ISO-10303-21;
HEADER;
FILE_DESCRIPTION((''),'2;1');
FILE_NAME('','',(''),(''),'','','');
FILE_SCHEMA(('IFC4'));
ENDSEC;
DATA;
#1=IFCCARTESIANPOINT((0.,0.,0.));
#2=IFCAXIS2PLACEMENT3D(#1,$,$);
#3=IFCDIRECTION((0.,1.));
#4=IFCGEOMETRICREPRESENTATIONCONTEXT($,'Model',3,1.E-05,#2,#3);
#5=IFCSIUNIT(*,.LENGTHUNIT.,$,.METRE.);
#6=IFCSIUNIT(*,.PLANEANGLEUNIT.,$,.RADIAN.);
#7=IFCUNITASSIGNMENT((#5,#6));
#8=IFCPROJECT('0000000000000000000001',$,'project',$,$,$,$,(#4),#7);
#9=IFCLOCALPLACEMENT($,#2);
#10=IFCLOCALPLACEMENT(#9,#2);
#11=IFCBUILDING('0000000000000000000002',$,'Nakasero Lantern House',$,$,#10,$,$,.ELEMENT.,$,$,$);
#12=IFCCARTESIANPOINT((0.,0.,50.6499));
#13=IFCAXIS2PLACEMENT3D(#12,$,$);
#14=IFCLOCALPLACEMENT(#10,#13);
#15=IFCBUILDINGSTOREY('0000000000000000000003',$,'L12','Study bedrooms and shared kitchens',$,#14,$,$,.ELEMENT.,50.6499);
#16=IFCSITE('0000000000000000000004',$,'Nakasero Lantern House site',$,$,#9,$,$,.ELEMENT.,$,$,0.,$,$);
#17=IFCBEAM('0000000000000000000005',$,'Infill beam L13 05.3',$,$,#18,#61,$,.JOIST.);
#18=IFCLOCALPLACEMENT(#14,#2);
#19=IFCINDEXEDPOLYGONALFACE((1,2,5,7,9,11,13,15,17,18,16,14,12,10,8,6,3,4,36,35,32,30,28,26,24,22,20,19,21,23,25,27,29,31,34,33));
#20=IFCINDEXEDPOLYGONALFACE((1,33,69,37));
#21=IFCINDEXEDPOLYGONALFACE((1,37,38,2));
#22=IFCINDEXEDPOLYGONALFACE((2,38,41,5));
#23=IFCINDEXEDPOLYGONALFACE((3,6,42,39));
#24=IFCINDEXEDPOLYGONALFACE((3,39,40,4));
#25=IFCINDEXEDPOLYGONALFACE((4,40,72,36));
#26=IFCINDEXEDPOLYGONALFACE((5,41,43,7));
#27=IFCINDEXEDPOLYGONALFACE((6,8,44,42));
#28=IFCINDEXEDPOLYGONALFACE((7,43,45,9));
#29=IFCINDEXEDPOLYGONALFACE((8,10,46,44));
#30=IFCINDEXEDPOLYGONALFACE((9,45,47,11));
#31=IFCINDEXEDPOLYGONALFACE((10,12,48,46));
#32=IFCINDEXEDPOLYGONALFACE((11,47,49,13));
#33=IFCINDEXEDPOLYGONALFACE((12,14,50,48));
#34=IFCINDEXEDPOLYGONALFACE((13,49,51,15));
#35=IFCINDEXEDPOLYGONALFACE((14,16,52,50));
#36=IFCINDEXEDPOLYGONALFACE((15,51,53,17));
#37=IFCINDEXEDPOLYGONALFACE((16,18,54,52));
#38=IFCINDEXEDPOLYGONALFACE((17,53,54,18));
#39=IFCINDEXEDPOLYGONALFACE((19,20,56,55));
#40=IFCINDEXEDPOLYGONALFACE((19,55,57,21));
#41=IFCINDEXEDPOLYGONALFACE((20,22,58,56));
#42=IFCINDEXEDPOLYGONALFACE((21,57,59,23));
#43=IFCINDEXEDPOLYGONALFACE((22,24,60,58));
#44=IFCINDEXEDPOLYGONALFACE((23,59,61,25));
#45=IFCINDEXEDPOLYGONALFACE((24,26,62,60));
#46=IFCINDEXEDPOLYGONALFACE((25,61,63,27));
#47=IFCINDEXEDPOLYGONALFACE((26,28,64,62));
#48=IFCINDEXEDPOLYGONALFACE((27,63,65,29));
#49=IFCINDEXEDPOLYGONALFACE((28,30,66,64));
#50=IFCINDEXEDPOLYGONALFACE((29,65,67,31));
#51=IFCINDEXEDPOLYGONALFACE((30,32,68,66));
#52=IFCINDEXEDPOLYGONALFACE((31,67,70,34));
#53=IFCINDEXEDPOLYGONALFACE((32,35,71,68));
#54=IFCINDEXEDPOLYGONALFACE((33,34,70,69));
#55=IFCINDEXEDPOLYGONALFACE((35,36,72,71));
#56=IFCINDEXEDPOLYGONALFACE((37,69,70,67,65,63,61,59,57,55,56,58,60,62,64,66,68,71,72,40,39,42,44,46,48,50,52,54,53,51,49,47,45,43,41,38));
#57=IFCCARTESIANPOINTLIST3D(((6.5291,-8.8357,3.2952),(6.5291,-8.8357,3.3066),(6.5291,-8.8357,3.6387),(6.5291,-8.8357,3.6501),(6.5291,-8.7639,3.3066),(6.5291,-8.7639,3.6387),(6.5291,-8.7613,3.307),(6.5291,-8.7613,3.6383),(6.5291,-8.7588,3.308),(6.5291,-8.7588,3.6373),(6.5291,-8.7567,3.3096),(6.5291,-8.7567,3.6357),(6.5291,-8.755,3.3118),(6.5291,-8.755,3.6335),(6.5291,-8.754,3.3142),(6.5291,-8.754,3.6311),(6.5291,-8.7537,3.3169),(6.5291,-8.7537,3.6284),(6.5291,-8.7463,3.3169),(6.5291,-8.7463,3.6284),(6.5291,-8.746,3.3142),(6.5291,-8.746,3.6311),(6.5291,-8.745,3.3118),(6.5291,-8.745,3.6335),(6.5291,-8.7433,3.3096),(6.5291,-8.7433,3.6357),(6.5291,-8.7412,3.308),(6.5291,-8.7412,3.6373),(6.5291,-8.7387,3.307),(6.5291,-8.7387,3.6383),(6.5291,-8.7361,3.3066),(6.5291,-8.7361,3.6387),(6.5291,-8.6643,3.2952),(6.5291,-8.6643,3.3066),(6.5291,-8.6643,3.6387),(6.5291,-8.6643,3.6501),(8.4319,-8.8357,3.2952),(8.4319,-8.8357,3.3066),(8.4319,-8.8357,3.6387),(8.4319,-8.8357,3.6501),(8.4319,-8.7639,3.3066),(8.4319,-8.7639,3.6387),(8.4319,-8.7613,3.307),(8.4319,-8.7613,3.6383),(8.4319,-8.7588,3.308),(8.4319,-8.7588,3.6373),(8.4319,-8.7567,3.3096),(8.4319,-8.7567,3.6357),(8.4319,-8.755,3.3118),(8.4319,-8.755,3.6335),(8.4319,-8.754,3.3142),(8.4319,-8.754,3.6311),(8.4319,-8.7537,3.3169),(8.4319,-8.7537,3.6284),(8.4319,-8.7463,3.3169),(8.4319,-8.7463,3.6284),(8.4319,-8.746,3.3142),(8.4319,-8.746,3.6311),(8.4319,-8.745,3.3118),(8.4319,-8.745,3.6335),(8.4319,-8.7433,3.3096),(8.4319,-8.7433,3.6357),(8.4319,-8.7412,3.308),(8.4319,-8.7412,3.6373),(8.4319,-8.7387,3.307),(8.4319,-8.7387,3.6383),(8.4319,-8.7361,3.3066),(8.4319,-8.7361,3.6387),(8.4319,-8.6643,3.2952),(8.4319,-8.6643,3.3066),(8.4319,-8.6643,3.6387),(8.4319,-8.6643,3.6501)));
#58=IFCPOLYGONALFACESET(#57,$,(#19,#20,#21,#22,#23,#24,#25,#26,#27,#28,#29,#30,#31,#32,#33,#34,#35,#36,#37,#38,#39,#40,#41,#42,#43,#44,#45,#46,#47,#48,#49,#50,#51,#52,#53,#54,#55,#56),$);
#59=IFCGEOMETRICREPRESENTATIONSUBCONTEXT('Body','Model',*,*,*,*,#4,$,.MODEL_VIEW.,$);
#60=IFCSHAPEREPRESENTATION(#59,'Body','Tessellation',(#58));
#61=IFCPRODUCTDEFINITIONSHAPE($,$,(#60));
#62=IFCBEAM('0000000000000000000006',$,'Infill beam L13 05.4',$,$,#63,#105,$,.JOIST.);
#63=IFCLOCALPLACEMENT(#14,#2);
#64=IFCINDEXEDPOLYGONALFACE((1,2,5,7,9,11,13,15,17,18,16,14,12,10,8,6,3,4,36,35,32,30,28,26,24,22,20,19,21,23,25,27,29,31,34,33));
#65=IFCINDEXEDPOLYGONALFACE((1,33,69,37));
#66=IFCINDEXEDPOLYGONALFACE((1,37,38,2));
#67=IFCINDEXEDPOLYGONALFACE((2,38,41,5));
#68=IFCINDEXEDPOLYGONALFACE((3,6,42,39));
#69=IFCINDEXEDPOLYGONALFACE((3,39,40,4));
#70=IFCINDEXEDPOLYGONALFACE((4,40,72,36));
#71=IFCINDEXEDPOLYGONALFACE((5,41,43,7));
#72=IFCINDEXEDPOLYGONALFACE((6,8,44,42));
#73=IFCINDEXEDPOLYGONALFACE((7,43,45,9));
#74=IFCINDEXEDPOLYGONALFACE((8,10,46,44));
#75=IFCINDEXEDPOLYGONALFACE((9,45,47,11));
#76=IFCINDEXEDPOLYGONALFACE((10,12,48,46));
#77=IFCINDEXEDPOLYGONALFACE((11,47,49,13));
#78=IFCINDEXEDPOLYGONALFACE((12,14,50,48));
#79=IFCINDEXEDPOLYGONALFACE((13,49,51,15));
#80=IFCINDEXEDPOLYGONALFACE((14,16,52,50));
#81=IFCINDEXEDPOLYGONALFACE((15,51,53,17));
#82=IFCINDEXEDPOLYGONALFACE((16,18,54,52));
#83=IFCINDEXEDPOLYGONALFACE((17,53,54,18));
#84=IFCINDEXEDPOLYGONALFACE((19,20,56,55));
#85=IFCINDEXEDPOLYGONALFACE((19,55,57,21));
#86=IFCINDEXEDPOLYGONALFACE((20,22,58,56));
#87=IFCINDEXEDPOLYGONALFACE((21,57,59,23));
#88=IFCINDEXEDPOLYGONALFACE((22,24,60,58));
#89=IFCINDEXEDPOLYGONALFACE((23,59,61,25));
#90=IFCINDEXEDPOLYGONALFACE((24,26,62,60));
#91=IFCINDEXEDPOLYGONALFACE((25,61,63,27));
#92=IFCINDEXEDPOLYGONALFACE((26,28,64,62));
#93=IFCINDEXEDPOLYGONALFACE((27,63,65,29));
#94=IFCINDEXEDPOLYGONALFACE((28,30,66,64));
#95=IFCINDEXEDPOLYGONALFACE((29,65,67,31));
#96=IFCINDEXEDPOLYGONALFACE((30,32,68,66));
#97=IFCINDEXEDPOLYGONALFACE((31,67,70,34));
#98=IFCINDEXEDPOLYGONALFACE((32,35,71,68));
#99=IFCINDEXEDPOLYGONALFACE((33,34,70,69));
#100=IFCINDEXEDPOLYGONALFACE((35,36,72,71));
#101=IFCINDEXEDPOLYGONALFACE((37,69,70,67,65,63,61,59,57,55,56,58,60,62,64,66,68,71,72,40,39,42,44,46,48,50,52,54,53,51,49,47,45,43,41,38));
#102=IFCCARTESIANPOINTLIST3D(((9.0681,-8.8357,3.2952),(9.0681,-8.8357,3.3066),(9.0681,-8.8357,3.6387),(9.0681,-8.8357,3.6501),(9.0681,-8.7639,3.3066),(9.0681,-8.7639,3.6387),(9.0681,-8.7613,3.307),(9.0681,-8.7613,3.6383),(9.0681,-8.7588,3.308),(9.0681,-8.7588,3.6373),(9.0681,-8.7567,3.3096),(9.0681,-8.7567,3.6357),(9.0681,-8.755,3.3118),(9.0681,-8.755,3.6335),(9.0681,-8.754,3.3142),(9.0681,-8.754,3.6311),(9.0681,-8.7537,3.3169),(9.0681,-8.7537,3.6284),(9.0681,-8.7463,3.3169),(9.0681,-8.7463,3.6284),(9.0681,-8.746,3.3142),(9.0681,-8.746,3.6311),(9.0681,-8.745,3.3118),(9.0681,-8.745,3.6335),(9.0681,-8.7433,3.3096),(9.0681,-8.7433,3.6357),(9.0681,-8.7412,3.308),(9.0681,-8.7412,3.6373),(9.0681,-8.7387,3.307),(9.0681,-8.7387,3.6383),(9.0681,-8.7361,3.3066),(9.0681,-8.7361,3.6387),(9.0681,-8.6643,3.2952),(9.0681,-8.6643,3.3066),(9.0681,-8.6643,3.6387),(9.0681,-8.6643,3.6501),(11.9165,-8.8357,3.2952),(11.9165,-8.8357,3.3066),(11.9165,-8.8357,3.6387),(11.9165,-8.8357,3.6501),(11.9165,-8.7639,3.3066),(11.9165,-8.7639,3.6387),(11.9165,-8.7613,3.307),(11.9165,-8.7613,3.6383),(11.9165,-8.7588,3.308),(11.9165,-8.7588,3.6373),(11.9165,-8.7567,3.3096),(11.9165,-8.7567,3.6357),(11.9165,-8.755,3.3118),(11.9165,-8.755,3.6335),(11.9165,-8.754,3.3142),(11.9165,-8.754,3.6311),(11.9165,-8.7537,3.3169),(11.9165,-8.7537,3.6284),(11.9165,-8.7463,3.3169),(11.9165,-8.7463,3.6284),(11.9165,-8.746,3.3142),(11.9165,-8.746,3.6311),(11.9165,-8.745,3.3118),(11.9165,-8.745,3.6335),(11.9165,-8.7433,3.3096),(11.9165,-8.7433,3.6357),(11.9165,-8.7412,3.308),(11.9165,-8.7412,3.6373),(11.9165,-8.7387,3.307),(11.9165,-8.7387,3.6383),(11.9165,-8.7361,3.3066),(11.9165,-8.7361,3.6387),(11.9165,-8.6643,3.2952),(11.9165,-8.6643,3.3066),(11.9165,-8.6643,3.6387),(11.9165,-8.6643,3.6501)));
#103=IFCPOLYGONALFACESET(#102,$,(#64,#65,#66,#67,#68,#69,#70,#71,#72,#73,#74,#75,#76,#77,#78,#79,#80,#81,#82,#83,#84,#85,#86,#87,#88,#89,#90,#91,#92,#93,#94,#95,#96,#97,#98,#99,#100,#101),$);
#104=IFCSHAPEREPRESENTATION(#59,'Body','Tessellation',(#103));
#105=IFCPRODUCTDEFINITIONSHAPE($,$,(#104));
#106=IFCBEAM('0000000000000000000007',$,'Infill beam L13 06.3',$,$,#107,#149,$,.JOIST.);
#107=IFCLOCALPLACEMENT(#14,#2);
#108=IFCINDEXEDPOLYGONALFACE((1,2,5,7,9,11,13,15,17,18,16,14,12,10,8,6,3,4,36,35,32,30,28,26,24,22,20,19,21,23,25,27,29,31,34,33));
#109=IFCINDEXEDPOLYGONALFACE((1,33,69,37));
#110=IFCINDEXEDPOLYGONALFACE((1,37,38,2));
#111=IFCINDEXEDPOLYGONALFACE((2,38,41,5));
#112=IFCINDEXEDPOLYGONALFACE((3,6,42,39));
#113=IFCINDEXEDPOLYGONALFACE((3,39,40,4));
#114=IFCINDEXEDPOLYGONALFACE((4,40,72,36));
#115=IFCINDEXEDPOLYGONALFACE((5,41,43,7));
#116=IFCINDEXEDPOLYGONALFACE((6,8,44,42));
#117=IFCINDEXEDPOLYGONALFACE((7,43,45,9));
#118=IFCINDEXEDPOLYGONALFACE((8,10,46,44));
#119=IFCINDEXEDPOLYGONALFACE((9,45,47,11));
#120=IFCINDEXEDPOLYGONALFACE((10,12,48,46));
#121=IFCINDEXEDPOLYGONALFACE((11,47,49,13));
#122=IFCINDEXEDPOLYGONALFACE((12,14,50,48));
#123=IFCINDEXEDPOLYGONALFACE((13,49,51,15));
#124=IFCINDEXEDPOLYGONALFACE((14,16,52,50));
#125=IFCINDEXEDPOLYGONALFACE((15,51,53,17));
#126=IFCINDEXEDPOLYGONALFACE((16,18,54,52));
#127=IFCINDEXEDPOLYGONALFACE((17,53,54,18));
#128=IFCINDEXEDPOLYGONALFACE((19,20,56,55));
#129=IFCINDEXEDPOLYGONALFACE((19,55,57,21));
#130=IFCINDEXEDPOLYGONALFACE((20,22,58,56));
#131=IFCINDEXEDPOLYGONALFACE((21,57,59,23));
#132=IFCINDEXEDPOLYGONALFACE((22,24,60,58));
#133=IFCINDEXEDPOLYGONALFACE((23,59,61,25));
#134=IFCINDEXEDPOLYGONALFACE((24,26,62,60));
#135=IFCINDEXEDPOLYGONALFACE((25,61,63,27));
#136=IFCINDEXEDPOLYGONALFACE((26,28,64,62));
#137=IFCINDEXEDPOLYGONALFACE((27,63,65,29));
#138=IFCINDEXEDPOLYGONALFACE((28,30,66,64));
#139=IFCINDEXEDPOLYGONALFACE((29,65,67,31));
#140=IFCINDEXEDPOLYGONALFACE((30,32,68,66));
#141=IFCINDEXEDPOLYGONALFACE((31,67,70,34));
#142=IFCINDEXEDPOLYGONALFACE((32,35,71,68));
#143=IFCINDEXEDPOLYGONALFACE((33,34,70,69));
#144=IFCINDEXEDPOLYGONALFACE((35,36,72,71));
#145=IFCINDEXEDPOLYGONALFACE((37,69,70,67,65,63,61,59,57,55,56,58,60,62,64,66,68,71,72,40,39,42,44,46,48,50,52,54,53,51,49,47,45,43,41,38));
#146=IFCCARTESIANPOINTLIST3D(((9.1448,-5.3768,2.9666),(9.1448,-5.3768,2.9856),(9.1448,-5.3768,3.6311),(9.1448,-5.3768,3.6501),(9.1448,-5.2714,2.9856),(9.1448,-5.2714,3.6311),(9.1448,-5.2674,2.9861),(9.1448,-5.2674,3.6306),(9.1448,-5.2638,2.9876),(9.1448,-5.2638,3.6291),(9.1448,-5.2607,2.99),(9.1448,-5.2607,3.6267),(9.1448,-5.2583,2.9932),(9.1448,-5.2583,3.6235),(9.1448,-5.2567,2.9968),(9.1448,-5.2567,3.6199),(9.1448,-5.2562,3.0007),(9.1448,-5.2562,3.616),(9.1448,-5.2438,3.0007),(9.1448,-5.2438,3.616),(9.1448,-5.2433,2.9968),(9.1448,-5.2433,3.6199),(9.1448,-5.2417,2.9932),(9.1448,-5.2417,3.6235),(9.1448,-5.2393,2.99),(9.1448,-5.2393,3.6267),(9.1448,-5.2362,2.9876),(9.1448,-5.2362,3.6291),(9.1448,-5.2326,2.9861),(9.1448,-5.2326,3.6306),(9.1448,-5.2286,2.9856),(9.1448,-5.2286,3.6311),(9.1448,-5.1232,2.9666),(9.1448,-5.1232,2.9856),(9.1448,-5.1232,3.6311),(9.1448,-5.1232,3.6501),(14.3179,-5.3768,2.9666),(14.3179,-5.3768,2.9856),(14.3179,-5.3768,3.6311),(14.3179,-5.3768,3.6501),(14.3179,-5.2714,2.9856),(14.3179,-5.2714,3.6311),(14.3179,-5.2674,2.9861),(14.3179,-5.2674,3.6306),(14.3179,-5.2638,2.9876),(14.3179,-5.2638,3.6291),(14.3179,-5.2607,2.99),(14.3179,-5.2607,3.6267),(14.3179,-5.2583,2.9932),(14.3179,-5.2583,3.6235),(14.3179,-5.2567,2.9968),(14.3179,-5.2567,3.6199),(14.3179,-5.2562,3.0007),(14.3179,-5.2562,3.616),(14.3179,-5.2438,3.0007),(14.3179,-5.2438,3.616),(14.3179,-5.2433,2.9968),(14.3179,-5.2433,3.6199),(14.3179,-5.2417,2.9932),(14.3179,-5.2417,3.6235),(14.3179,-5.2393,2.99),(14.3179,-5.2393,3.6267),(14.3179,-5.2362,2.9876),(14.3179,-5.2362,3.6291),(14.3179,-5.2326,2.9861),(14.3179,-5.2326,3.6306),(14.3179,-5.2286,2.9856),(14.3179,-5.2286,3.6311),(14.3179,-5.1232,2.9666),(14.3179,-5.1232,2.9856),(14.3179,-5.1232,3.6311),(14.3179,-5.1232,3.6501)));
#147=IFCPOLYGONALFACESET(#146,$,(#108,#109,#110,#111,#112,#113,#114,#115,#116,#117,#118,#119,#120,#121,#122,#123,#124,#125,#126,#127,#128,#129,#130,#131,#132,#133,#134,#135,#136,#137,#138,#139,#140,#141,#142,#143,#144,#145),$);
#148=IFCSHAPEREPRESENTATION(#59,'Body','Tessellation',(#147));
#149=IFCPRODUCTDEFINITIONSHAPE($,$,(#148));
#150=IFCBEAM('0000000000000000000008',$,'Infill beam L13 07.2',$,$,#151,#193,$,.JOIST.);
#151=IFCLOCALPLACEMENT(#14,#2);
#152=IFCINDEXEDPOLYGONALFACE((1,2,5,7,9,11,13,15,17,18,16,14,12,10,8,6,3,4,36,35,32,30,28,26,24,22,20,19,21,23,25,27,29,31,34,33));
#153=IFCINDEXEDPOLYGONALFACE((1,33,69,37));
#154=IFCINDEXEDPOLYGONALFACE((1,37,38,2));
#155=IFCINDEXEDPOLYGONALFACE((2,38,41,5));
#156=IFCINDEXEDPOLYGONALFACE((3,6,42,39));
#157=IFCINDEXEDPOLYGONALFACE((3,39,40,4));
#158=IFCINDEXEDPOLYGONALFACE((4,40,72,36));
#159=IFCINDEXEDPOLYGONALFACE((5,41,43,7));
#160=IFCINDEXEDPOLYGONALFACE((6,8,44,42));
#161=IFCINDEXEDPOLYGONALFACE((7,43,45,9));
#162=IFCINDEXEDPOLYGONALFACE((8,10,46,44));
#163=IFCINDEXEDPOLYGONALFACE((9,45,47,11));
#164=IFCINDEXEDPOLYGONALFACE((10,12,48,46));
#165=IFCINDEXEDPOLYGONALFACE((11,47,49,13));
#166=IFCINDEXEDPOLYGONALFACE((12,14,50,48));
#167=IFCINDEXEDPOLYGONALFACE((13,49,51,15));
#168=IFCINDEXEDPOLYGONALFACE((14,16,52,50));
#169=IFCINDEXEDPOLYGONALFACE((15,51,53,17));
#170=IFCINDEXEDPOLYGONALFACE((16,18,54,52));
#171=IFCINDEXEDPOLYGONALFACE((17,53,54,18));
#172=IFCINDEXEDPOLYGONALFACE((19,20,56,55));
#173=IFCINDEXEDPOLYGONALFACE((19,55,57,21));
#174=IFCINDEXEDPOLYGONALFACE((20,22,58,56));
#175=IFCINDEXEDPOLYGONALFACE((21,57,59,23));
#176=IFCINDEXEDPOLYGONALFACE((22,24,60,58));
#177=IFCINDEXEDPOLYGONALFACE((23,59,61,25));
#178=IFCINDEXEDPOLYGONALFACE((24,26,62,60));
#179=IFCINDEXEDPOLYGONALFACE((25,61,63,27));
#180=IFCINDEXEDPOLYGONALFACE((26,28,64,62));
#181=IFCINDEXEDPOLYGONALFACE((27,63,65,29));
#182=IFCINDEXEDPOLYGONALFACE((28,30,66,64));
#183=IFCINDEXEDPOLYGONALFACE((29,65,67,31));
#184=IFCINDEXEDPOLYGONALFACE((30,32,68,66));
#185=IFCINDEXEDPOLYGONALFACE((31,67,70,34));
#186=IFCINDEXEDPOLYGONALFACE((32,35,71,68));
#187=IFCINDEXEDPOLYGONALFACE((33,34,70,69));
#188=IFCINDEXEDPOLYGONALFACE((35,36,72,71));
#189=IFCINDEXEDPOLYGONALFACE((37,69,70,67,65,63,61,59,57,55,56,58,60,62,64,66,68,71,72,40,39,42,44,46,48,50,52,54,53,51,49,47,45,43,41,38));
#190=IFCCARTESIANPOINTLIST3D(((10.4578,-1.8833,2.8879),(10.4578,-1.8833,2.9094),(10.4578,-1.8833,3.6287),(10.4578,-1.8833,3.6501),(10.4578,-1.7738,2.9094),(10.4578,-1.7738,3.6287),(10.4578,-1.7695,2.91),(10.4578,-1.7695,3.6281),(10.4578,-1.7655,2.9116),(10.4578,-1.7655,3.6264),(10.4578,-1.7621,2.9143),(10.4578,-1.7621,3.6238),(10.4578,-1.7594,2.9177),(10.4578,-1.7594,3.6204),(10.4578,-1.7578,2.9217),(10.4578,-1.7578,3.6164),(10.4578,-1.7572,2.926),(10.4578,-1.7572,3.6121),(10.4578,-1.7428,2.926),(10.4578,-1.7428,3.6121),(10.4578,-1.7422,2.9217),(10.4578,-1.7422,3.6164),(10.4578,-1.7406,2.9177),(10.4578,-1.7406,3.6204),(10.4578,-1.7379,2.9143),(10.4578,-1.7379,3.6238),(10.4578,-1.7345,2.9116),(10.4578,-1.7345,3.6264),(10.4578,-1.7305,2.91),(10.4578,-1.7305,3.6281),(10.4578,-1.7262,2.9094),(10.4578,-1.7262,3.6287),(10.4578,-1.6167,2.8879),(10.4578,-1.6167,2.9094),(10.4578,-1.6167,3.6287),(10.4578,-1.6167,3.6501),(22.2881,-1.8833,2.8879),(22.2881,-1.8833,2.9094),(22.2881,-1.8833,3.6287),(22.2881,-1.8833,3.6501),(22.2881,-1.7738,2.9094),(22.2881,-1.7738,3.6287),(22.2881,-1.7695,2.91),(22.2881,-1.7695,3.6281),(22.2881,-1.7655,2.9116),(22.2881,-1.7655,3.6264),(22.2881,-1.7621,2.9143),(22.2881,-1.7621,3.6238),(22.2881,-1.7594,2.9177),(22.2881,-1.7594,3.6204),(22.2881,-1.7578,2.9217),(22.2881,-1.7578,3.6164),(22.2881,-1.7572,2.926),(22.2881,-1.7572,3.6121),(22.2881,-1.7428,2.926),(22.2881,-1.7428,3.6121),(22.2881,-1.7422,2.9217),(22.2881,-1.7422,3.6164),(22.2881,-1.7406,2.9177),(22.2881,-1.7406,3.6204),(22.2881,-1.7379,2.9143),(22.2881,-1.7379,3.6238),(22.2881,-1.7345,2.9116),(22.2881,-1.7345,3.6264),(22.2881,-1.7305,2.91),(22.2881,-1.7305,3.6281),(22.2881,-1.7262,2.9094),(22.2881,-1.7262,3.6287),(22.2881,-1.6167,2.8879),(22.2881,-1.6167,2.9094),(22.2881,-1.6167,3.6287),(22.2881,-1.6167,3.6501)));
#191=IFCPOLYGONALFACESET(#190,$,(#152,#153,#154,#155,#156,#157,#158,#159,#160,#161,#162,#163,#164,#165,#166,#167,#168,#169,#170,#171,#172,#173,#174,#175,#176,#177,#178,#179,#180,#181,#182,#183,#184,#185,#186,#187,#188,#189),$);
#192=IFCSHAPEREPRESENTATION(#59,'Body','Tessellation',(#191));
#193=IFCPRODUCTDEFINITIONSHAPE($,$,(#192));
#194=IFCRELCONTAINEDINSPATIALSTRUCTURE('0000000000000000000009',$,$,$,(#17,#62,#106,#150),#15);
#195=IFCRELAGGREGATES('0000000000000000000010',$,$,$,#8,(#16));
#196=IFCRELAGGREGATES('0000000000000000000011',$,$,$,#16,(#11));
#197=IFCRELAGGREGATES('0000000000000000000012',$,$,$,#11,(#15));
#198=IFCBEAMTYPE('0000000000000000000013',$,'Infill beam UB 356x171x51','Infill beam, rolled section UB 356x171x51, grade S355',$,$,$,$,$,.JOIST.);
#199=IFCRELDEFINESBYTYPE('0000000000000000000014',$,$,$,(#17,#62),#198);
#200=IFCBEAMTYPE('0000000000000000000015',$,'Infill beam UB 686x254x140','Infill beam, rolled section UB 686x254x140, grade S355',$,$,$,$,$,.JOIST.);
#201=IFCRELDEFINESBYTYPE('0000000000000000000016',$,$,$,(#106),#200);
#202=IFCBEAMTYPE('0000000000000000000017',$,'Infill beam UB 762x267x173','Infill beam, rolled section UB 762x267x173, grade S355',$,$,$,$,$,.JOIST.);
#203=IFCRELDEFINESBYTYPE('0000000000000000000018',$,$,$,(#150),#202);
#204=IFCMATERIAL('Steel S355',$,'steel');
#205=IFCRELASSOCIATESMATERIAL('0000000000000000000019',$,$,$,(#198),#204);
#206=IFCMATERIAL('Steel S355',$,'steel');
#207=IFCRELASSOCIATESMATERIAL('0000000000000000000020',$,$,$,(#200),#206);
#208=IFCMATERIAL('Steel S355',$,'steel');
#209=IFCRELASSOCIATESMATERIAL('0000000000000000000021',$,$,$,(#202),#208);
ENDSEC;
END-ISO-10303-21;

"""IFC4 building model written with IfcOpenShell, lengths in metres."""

from ifc_helpers import new_model, si_unit, direction, frame, origin, origin_2d, place, context, subcontext, project, spatial, i_section, extrude, material, material_profile, profile_set, type_object, element, save


model = new_model("IFC4")

# Units and contexts
model_context = context("Model", 3, precision=1e-05, world=origin(), true_north=direction((0.0, 1.0)))
body_context = subcontext(model_context, "Body", "Model", "MODEL_VIEW")
ifc_project = project(units=[si_unit("LENGTHUNIT", "METRE"), si_unit("PLANEANGLEUNIT", "RADIAN")], contexts=[model_context])

# Site, building, storey
site_placement = place(None, origin())
site = spatial("IfcSite", under=ifc_project, at=site_placement, Name="Nakasero Lantern House site", CompositionType="ELEMENT", RefElevation=0.0)
building_placement = place(site_placement, origin())
building = spatial("IfcBuilding", under=site, at=building_placement, Name="Nakasero Lantern House", CompositionType="ELEMENT")
storey_placement = place(building_placement, frame((0.0, 0.0, 50.6499)))
storey = spatial("IfcBuildingStorey", under=building, at=storey_placement, Name="L12", Description="Study bedrooms and shared kitchens", CompositionType="ELEMENT", Elevation=50.6499)

# Beams
ifc_material_1 = material(Name="Steel S355", Category="steel")
ifc_material_profile_1 = material_profile(ifc_material_1, i_section(OverallWidth=0.1714, OverallDepth=0.355, WebThickness=0.0073, FlangeThickness=0.0115, FilletRadius=0.0103, at=origin_2d()), Name="UB 356x171x51")
ifc_profile_set_1 = profile_set([ifc_material_profile_1], Name="Steel S355")
beam_type_1 = type_object("IfcBeamType", Name="Infill beam UB 356x171x51", Description="Infill beam, rolled section UB 356x171x51, grade S355", PredefinedType="JOIST", material=ifc_profile_set_1)
beam_1_placement = place(storey_placement, frame((6.5291, -8.75, 3.4727), z_axis=(1.0, 0.0, 0.0), x_axis=(0.0, 1.0, 0.0)))
element("IfcBeam", 1, at=beam_1_placement, inside=storey, type_object=beam_type_1, Name="Infill beam L13 05.3", PredefinedType="JOIST", context=body_context, shape_type="SweptSolid", body=[
    extrude(i_section(OverallWidth=0.1714, OverallDepth=0.355, WebThickness=0.0073, FlangeThickness=0.0115, FilletRadius=0.0103, at=origin_2d()), origin(), (0.0, 0.0, 1.0), 1.9028),
])
beam_2_placement = place(storey_placement, frame((9.0681, -8.75, 3.4727), z_axis=(1.0, 0.0, 0.0), x_axis=(0.0, 1.0, 0.0)))
element("IfcBeam", 2, at=beam_2_placement, inside=storey, type_object=beam_type_1, Name="Infill beam L13 05.4", PredefinedType="JOIST", context=body_context, shape_type="SweptSolid", body=[
    extrude(i_section(OverallWidth=0.1714, OverallDepth=0.355, WebThickness=0.0073, FlangeThickness=0.0115, FilletRadius=0.0103, at=origin_2d()), origin(), (0.0, 0.0, 1.0), 2.8484),
])
ifc_material_2 = material(Name="Steel S355", Category="steel")
ifc_material_profile_2 = material_profile(ifc_material_2, i_section(OverallWidth=0.2537, OverallDepth=0.6836, WebThickness=0.0125, FlangeThickness=0.019, FilletRadius=0.0151, at=origin_2d()), Name="UB 686x254x140")
ifc_profile_set_2 = profile_set([ifc_material_profile_2], Name="Steel S355")
beam_type_2 = type_object("IfcBeamType", Name="Infill beam UB 686x254x140", Description="Infill beam, rolled section UB 686x254x140, grade S355", PredefinedType="JOIST", material=ifc_profile_set_2)
beam_3_placement = place(storey_placement, frame((9.1448, -5.25, 3.3083), z_axis=(1.0, 0.0, 0.0), x_axis=(0.0, 1.0, 0.0)))
element("IfcBeam", 3, at=beam_3_placement, inside=storey, type_object=beam_type_2, Name="Infill beam L13 06.3", PredefinedType="JOIST", context=body_context, shape_type="SweptSolid", body=[
    extrude(i_section(OverallWidth=0.2537, OverallDepth=0.6836, WebThickness=0.0125, FlangeThickness=0.019, FilletRadius=0.0151, at=origin_2d()), origin(), (0.0, 0.0, 1.0), 5.1731),
])
ifc_material_3 = material(Name="Steel S355", Category="steel")
ifc_material_profile_3 = material_profile(ifc_material_3, i_section(OverallWidth=0.2666, OverallDepth=0.7622, WebThickness=0.0144, FlangeThickness=0.0215, FilletRadius=0.0166, at=origin_2d()), Name="UB 762x267x173")
ifc_profile_set_3 = profile_set([ifc_material_profile_3], Name="Steel S355")
beam_type_3 = type_object("IfcBeamType", Name="Infill beam UB 762x267x173", Description="Infill beam, rolled section UB 762x267x173, grade S355", PredefinedType="JOIST", material=ifc_profile_set_3)
beam_4_placement = place(storey_placement, frame((10.4578, -1.75, 3.269), z_axis=(1.0, 0.0, 0.0), x_axis=(0.0, 1.0, 0.0)))
element("IfcBeam", 4, at=beam_4_placement, inside=storey, type_object=beam_type_3, Name="Infill beam L13 07.2", PredefinedType="JOIST", context=body_context, shape_type="SweptSolid", body=[
    extrude(i_section(OverallWidth=0.2666, OverallDepth=0.7622, WebThickness=0.0144, FlangeThickness=0.0215, FilletRadius=0.0166, at=origin_2d()), origin(), (0.0, 0.0, 1.0), 11.8303),
])

save(model, "model.ifc")
